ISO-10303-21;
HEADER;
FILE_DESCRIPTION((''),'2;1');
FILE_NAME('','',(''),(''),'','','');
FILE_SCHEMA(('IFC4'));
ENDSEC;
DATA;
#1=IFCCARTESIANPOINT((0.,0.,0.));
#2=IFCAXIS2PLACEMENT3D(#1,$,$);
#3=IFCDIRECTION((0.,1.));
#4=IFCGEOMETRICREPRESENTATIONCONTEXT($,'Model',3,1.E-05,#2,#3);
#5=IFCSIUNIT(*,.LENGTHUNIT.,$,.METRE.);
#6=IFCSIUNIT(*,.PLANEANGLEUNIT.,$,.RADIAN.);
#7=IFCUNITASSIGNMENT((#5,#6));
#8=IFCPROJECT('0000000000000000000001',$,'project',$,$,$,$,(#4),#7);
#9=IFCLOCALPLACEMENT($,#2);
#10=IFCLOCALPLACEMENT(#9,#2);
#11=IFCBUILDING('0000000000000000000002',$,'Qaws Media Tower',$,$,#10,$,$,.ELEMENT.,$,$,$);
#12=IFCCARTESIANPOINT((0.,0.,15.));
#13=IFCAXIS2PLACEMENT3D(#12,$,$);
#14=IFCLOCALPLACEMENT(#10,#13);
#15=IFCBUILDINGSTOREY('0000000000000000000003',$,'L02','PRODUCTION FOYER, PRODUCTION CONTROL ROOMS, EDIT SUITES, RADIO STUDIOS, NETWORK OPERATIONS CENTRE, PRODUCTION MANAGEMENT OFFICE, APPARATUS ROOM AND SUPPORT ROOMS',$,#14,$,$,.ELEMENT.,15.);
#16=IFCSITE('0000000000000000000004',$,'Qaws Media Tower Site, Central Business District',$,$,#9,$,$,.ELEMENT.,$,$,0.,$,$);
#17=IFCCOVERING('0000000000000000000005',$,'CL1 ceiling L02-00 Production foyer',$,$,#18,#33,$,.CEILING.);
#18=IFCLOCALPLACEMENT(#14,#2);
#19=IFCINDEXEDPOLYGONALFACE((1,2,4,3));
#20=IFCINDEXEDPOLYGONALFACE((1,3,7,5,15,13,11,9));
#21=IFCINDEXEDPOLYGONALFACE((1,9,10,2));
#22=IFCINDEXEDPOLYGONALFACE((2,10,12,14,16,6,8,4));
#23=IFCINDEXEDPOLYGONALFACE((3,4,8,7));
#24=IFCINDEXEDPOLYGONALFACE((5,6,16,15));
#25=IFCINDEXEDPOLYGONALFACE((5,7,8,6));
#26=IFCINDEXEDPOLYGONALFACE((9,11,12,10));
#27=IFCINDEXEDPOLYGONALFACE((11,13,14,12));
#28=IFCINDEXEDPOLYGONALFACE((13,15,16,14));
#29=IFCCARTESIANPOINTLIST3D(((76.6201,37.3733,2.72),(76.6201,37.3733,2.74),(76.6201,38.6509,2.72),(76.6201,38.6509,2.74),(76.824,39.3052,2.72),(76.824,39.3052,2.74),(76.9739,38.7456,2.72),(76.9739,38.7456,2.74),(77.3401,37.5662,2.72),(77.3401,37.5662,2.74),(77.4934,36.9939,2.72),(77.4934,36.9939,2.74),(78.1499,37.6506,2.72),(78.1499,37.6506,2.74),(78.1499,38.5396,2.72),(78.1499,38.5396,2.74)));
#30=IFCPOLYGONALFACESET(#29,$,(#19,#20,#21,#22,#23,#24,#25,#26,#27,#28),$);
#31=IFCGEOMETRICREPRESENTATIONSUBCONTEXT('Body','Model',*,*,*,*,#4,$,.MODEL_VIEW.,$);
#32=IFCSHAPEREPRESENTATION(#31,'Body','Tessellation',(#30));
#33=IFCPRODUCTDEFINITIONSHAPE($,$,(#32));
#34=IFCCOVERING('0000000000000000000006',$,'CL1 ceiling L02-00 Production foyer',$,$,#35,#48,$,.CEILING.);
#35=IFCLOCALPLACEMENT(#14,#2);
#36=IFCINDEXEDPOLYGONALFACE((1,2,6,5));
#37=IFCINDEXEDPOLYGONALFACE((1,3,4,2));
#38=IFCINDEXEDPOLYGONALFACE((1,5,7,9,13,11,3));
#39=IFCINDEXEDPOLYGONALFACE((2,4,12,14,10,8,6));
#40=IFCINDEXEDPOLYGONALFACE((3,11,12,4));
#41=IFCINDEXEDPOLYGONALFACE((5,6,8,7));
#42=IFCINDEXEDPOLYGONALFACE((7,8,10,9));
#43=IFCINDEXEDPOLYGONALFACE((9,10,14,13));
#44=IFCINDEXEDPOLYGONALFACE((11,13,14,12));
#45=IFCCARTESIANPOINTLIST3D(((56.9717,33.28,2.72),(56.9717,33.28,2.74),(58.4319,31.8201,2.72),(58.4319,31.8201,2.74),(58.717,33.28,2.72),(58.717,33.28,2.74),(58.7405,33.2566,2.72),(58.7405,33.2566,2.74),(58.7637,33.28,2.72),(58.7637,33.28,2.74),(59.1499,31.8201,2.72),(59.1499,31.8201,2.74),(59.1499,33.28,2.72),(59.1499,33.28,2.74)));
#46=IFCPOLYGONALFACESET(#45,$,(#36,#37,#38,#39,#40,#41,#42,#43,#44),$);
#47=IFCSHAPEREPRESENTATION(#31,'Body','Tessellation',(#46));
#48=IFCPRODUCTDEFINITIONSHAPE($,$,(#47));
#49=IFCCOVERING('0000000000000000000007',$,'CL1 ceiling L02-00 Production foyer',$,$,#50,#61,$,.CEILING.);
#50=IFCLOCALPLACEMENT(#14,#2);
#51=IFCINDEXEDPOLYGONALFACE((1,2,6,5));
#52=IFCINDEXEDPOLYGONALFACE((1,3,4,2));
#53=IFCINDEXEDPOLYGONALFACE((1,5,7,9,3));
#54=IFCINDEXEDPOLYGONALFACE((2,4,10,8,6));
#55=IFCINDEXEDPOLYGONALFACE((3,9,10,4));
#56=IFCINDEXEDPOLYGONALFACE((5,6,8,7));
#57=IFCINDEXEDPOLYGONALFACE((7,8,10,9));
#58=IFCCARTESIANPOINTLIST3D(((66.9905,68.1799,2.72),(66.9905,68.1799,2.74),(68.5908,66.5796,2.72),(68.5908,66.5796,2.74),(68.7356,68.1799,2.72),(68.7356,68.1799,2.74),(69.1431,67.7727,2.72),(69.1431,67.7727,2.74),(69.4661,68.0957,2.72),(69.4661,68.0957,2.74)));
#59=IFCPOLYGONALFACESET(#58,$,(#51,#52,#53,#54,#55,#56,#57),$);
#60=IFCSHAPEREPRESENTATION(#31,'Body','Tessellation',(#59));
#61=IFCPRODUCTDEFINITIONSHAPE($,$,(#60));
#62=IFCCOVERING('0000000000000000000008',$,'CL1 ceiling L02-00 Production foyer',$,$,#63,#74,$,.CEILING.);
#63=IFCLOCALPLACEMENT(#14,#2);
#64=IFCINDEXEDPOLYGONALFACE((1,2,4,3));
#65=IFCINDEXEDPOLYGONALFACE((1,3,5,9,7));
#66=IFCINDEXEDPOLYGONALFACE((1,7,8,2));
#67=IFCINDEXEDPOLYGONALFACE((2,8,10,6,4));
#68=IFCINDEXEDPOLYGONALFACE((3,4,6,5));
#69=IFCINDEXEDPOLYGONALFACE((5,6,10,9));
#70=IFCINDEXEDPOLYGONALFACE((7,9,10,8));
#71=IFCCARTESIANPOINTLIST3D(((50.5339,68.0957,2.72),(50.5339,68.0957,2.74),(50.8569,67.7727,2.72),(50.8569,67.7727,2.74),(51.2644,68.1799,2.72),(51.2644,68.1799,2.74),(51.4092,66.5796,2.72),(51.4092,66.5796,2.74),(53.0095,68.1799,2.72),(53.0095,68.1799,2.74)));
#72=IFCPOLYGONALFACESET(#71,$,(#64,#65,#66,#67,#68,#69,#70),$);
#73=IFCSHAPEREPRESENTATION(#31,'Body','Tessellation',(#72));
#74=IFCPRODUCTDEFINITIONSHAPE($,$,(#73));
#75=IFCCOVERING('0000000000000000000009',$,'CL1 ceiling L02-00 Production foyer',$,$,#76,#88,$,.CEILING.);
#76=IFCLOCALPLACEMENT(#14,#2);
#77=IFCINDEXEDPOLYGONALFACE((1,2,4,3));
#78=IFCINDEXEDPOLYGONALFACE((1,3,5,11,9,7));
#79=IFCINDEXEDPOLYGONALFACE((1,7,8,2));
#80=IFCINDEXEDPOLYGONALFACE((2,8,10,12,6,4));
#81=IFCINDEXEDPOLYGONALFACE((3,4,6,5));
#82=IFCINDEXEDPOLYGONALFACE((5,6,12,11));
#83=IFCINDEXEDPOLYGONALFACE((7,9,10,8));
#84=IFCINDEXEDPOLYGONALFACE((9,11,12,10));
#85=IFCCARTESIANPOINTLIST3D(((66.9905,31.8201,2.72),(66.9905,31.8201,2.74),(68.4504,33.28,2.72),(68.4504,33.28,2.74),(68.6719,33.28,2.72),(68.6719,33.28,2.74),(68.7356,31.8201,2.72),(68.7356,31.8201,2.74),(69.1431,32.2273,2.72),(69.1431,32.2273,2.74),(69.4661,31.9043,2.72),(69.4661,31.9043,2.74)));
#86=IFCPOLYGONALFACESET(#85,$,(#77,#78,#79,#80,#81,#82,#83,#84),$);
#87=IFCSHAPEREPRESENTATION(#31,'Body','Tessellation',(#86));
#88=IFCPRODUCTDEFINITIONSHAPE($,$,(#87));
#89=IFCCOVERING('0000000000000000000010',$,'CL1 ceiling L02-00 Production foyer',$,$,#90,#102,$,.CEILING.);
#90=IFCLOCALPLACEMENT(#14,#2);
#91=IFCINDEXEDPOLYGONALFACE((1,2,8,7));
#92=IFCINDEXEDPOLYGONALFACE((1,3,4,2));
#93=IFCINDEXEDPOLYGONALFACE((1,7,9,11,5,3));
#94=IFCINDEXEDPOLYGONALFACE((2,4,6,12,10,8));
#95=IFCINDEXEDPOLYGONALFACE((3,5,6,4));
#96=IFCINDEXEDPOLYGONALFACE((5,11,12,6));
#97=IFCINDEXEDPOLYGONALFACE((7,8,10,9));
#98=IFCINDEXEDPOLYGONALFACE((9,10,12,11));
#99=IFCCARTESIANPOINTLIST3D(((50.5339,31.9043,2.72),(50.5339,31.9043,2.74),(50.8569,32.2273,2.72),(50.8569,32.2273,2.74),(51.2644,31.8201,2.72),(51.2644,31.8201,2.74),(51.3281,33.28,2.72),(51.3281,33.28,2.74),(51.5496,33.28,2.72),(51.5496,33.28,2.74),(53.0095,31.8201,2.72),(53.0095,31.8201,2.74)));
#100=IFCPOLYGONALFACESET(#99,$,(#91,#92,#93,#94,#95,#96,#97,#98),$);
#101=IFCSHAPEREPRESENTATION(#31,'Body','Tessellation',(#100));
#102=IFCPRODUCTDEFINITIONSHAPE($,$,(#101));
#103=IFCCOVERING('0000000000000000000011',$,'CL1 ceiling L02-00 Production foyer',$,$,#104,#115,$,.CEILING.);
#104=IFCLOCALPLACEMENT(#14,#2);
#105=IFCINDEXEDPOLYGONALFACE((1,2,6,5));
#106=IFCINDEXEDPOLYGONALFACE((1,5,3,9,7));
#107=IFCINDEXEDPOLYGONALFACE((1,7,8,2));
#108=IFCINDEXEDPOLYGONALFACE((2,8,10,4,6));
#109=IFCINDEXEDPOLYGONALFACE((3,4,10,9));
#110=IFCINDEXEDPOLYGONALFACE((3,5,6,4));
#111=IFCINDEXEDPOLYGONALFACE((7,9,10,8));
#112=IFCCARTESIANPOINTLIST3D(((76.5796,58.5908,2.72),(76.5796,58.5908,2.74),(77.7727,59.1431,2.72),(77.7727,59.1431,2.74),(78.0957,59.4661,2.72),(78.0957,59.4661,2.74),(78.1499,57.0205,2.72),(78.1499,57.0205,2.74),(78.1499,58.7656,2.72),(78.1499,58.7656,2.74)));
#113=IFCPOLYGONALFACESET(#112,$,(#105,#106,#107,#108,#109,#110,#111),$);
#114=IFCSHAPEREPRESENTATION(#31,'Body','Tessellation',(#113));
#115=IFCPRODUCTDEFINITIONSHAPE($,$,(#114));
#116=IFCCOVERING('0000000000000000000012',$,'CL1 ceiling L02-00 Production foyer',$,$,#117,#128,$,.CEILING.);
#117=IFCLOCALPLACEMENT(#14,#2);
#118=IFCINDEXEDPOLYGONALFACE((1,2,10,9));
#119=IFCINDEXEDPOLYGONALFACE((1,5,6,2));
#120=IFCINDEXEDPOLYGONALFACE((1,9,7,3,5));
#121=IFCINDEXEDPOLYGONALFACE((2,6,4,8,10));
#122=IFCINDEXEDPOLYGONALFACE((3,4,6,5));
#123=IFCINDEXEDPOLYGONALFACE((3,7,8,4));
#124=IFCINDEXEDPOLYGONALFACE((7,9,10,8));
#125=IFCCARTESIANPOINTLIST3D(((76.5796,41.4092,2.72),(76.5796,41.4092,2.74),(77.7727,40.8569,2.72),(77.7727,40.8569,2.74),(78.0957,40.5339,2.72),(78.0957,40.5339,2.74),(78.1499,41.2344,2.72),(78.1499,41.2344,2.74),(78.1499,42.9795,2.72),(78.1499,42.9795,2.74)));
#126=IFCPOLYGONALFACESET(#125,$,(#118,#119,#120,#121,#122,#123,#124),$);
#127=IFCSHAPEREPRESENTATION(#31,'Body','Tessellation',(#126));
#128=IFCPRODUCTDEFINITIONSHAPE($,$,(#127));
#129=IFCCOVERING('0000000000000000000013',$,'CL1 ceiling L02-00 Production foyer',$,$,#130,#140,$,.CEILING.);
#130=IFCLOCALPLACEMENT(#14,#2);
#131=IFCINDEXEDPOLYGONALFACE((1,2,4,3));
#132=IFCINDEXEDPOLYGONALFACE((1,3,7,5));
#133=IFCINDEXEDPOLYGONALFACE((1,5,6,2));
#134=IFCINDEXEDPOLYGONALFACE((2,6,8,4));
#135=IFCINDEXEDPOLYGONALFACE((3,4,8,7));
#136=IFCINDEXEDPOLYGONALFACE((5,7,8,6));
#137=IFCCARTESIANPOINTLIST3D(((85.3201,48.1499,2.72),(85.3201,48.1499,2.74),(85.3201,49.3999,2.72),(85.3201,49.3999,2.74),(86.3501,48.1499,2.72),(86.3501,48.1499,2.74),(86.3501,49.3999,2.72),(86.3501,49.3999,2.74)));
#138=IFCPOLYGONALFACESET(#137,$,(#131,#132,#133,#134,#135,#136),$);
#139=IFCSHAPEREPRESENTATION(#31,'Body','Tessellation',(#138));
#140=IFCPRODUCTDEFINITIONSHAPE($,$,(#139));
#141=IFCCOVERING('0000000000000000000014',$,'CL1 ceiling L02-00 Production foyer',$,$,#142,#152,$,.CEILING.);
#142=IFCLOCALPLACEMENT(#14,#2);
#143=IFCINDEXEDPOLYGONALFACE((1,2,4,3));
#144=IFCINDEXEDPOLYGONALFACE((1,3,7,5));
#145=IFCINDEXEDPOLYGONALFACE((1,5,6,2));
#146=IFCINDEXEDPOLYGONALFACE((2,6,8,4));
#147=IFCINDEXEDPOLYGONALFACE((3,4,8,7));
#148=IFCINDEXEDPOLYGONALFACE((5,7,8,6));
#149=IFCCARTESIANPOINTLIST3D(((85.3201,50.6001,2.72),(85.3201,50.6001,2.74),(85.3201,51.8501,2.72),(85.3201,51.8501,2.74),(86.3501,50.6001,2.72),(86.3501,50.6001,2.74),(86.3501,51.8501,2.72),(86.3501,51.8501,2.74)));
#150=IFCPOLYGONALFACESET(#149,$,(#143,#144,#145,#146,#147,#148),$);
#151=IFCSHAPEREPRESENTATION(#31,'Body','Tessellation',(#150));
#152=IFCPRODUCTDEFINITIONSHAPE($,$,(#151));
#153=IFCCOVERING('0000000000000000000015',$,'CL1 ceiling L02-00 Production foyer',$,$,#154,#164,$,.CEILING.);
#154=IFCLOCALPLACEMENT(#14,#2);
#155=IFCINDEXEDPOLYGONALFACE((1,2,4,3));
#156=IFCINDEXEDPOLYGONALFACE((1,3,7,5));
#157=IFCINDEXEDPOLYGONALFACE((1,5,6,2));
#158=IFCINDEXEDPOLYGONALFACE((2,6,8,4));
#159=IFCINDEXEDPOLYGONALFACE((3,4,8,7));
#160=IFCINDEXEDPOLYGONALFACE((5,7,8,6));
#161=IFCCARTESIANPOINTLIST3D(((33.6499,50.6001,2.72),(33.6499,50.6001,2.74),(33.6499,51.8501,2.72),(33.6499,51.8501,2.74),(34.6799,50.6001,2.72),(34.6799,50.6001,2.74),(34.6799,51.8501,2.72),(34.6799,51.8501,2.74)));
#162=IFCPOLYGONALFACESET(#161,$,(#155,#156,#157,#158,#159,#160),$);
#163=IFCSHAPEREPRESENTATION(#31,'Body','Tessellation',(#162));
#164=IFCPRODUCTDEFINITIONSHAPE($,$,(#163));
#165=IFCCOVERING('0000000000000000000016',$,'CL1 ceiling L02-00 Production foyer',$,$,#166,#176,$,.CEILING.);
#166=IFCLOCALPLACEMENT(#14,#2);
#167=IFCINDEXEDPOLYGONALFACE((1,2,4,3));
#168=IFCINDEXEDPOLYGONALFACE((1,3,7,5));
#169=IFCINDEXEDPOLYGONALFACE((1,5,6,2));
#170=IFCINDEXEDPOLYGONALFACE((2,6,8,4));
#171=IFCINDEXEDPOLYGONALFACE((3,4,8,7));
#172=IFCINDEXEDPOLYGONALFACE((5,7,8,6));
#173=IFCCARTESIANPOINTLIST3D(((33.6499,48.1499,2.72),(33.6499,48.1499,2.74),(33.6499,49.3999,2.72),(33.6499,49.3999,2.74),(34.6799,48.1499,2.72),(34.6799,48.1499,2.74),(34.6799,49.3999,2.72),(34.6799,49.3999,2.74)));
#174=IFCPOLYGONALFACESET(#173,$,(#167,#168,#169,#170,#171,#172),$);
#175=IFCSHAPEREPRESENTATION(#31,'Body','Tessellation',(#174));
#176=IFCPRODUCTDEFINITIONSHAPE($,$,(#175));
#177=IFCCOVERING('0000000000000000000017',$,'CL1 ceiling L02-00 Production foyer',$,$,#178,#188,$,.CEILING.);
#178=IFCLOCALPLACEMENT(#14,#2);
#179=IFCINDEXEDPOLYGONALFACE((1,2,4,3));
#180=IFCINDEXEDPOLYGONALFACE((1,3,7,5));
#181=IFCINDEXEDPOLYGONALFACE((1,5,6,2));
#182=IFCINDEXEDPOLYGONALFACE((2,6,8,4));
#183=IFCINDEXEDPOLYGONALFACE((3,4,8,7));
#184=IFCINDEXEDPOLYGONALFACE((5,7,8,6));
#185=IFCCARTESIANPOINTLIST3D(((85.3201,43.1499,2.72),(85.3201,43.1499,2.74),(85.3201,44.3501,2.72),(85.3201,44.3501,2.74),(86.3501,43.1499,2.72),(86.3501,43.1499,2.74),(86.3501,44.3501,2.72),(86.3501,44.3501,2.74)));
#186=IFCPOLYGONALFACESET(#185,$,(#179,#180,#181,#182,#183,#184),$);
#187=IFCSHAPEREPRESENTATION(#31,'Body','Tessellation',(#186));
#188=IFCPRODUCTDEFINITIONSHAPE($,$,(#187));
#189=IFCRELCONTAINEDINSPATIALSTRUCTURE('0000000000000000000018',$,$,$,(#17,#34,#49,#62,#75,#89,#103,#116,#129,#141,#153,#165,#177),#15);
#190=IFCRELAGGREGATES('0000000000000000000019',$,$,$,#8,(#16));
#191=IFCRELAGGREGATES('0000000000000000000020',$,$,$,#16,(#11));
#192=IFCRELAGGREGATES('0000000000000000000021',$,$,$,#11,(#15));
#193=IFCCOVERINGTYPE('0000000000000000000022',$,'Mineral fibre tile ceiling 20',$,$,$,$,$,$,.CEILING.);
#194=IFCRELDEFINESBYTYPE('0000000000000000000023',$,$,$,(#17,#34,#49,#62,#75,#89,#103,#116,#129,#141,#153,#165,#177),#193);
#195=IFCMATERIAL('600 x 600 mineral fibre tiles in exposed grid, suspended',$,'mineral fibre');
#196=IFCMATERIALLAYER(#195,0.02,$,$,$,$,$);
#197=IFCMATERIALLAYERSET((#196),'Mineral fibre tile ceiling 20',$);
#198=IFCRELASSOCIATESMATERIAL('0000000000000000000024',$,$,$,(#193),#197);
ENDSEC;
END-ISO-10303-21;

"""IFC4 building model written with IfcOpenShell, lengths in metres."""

from ifc_helpers import new_model, si_unit, direction, frame, origin, place, context, subcontext, project, spatial, polyline, outline, extrude, material, layer, layer_set, type_object, element, save


model = new_model("IFC4")

# Units and contexts
model_context = context("Model", 3, precision=1e-05, world=origin(), true_north=direction((0.0, 1.0)))
body_context = subcontext(model_context, "Body", "Model", "MODEL_VIEW")
ifc_project = project(units=[si_unit("LENGTHUNIT", "METRE"), si_unit("PLANEANGLEUNIT", "RADIAN")], contexts=[model_context])

# Site, building, storey
site_placement = place(None, origin())
site = spatial("IfcSite", under=ifc_project, at=site_placement, Name="Qaws Media Tower Site, Central Business District", CompositionType="ELEMENT", RefElevation=0.0)
building_placement = place(site_placement, origin())
building = spatial("IfcBuilding", under=site, at=building_placement, Name="Qaws Media Tower", CompositionType="ELEMENT")
storey_placement = place(building_placement, frame((0.0, 0.0, 15.0)))
storey = spatial("IfcBuildingStorey", under=building, at=storey_placement, Name="L02", Description="PRODUCTION FOYER, PRODUCTION CONTROL ROOMS, EDIT SUITES, RADIO STUDIOS, NETWORK OPERATIONS CENTRE, PRODUCTION MANAGEMENT OFFICE, APPARATUS ROOM AND SUPPORT ROOMS", CompositionType="ELEMENT", Elevation=15.0)

# Coverings
ifc_material = material(Name="600 x 600 mineral fibre tiles in exposed grid, suspended", Category="mineral fibre")
ifc_layer = layer(ifc_material, 0.02)
ifc_layer_set = layer_set([ifc_layer], Name="Mineral fibre tile ceiling 20")
covering_type = type_object("IfcCoveringType", Name="Mineral fibre tile ceiling 20", PredefinedType="CEILING", material=ifc_layer_set)
covering_1_placement = place(storey_placement, frame((0.0, 0.0, 2.72)))
element("IfcCovering", 1, at=covering_1_placement, inside=storey, type_object=covering_type, Name="CL1 ceiling L02-00 Production foyer", PredefinedType="CEILING", context=body_context, shape_type="SweptSolid", body=[
    extrude(outline(polyline([(78.1499, 37.6506), (77.4934, 36.9939), (77.3401, 37.5662), (76.6201, 37.3733), (76.6201, 38.6509), (76.9739, 38.7456), (76.824, 39.3052), (78.1499, 38.5396), (78.1499, 37.6506)])), origin(), (0.0, 0.0, 1.0), 0.02),
])
covering_2_placement = place(storey_placement, frame((0.0, 0.0, 2.72)))
element("IfcCovering", 2, at=covering_2_placement, inside=storey, type_object=covering_type, Name="CL1 ceiling L02-00 Production foyer", PredefinedType="CEILING", context=body_context, shape_type="SweptSolid", body=[
    extrude(outline(polyline([(58.4319, 31.8201), (56.9717, 33.28), (58.717, 33.28), (58.7405, 33.2566), (58.7637, 33.28), (59.1499, 33.28), (59.1499, 31.8201), (58.4319, 31.8201)])), origin(), (0.0, 0.0, 1.0), 0.02),
])
covering_3_placement = place(storey_placement, frame((0.0, 0.0, 2.72)))
element("IfcCovering", 3, at=covering_3_placement, inside=storey, type_object=covering_type, Name="CL1 ceiling L02-00 Production foyer", PredefinedType="CEILING", context=body_context, shape_type="SweptSolid", body=[
    extrude(outline(polyline([(68.7356, 68.1799), (69.1431, 67.7727), (69.4661, 68.0957), (68.5908, 66.5796), (66.9905, 68.1799), (68.7356, 68.1799)])), origin(), (0.0, 0.0, 1.0), 0.02),
])
covering_4_placement = place(storey_placement, frame((0.0, 0.0, 2.72)))
element("IfcCovering", 4, at=covering_4_placement, inside=storey, type_object=covering_type, Name="CL1 ceiling L02-00 Production foyer", PredefinedType="CEILING", context=body_context, shape_type="SweptSolid", body=[
    extrude(outline(polyline([(53.0095, 68.1799), (51.4092, 66.5796), (50.5339, 68.0957), (50.8569, 67.7727), (51.2644, 68.1799), (53.0095, 68.1799)])), origin(), (0.0, 0.0, 1.0), 0.02),
])
covering_5_placement = place(storey_placement, frame((0.0, 0.0, 2.72)))
element("IfcCovering", 5, at=covering_5_placement, inside=storey, type_object=covering_type, Name="CL1 ceiling L02-00 Production foyer", PredefinedType="CEILING", context=body_context, shape_type="SweptSolid", body=[
    extrude(outline(polyline([(66.9905, 31.8201), (68.4504, 33.28), (68.6719, 33.28), (69.4661, 31.9043), (69.1431, 32.2273), (68.7356, 31.8201), (66.9905, 31.8201)])), origin(), (0.0, 0.0, 1.0), 0.02),
])
covering_6_placement = place(storey_placement, frame((0.0, 0.0, 2.72)))
element("IfcCovering", 6, at=covering_6_placement, inside=storey, type_object=covering_type, Name="CL1 ceiling L02-00 Production foyer", PredefinedType="CEILING", context=body_context, shape_type="SweptSolid", body=[
    extrude(outline(polyline([(51.2644, 31.8201), (50.8569, 32.2273), (50.5339, 31.9043), (51.3281, 33.28), (51.5496, 33.28), (53.0095, 31.8201), (51.2644, 31.8201)])), origin(), (0.0, 0.0, 1.0), 0.02),
])
covering_7_placement = place(storey_placement, frame((0.0, 0.0, 2.72)))
element("IfcCovering", 7, at=covering_7_placement, inside=storey, type_object=covering_type, Name="CL1 ceiling L02-00 Production foyer", PredefinedType="CEILING", context=body_context, shape_type="SweptSolid", body=[
    extrude(outline(polyline([(78.1499, 57.0205), (76.5796, 58.5908), (78.0957, 59.4661), (77.7727, 59.1431), (78.1499, 58.7656), (78.1499, 57.0205)])), origin(), (0.0, 0.0, 1.0), 0.02),
])
covering_8_placement = place(storey_placement, frame((0.0, 0.0, 2.72)))
element("IfcCovering", 8, at=covering_8_placement, inside=storey, type_object=covering_type, Name="CL1 ceiling L02-00 Production foyer", PredefinedType="CEILING", context=body_context, shape_type="SweptSolid", body=[
    extrude(outline(polyline([(78.1499, 41.2344), (77.7727, 40.8569), (78.0957, 40.5339), (76.5796, 41.4092), (78.1499, 42.9795), (78.1499, 41.2344)])), origin(), (0.0, 0.0, 1.0), 0.02),
])
covering_9_placement = place(storey_placement, frame((0.0, 0.0, 2.72)))
element("IfcCovering", 9, at=covering_9_placement, inside=storey, type_object=covering_type, Name="CL1 ceiling L02-00 Production foyer", PredefinedType="CEILING", context=body_context, shape_type="SweptSolid", body=[
    extrude(outline(polyline([(85.3201, 49.3999), (86.3501, 49.3999), (86.3501, 48.1499), (85.3201, 48.1499), (85.3201, 49.3999)])), origin(), (0.0, 0.0, 1.0), 0.02),
])
covering_10_placement = place(storey_placement, frame((0.0, 0.0, 2.72)))
element("IfcCovering", 10, at=covering_10_placement, inside=storey, type_object=covering_type, Name="CL1 ceiling L02-00 Production foyer", PredefinedType="CEILING", context=body_context, shape_type="SweptSolid", body=[
    extrude(outline(polyline([(85.3201, 51.8501), (86.3501, 51.8501), (86.3501, 50.6001), (85.3201, 50.6001), (85.3201, 51.8501)])), origin(), (0.0, 0.0, 1.0), 0.02),
])
covering_11_placement = place(storey_placement, frame((0.0, 0.0, 2.72)))
element("IfcCovering", 11, at=covering_11_placement, inside=storey, type_object=covering_type, Name="CL1 ceiling L02-00 Production foyer", PredefinedType="CEILING", context=body_context, shape_type="SweptSolid", body=[
    extrude(outline(polyline([(34.6799, 50.6001), (33.6499, 50.6001), (33.6499, 51.8501), (34.6799, 51.8501), (34.6799, 50.6001)])), origin(), (0.0, 0.0, 1.0), 0.02),
])
covering_12_placement = place(storey_placement, frame((0.0, 0.0, 2.72)))
element("IfcCovering", 12, at=covering_12_placement, inside=storey, type_object=covering_type, Name="CL1 ceiling L02-00 Production foyer", PredefinedType="CEILING", context=body_context, shape_type="SweptSolid", body=[
    extrude(outline(polyline([(34.6799, 48.1499), (33.6499, 48.1499), (33.6499, 49.3999), (34.6799, 49.3999), (34.6799, 48.1499)])), origin(), (0.0, 0.0, 1.0), 0.02),
])
covering_13_placement = place(storey_placement, frame((0.0, 0.0, 2.72)))
element("IfcCovering", 13, at=covering_13_placement, inside=storey, type_object=covering_type, Name="CL1 ceiling L02-00 Production foyer", PredefinedType="CEILING", context=body_context, shape_type="SweptSolid", body=[
    extrude(outline(polyline([(85.3201, 44.3501), (86.3501, 44.3501), (86.3501, 43.1499), (85.3201, 43.1499), (85.3201, 44.3501)])), origin(), (0.0, 0.0, 1.0), 0.02),
])

save(model, "model.ifc")
